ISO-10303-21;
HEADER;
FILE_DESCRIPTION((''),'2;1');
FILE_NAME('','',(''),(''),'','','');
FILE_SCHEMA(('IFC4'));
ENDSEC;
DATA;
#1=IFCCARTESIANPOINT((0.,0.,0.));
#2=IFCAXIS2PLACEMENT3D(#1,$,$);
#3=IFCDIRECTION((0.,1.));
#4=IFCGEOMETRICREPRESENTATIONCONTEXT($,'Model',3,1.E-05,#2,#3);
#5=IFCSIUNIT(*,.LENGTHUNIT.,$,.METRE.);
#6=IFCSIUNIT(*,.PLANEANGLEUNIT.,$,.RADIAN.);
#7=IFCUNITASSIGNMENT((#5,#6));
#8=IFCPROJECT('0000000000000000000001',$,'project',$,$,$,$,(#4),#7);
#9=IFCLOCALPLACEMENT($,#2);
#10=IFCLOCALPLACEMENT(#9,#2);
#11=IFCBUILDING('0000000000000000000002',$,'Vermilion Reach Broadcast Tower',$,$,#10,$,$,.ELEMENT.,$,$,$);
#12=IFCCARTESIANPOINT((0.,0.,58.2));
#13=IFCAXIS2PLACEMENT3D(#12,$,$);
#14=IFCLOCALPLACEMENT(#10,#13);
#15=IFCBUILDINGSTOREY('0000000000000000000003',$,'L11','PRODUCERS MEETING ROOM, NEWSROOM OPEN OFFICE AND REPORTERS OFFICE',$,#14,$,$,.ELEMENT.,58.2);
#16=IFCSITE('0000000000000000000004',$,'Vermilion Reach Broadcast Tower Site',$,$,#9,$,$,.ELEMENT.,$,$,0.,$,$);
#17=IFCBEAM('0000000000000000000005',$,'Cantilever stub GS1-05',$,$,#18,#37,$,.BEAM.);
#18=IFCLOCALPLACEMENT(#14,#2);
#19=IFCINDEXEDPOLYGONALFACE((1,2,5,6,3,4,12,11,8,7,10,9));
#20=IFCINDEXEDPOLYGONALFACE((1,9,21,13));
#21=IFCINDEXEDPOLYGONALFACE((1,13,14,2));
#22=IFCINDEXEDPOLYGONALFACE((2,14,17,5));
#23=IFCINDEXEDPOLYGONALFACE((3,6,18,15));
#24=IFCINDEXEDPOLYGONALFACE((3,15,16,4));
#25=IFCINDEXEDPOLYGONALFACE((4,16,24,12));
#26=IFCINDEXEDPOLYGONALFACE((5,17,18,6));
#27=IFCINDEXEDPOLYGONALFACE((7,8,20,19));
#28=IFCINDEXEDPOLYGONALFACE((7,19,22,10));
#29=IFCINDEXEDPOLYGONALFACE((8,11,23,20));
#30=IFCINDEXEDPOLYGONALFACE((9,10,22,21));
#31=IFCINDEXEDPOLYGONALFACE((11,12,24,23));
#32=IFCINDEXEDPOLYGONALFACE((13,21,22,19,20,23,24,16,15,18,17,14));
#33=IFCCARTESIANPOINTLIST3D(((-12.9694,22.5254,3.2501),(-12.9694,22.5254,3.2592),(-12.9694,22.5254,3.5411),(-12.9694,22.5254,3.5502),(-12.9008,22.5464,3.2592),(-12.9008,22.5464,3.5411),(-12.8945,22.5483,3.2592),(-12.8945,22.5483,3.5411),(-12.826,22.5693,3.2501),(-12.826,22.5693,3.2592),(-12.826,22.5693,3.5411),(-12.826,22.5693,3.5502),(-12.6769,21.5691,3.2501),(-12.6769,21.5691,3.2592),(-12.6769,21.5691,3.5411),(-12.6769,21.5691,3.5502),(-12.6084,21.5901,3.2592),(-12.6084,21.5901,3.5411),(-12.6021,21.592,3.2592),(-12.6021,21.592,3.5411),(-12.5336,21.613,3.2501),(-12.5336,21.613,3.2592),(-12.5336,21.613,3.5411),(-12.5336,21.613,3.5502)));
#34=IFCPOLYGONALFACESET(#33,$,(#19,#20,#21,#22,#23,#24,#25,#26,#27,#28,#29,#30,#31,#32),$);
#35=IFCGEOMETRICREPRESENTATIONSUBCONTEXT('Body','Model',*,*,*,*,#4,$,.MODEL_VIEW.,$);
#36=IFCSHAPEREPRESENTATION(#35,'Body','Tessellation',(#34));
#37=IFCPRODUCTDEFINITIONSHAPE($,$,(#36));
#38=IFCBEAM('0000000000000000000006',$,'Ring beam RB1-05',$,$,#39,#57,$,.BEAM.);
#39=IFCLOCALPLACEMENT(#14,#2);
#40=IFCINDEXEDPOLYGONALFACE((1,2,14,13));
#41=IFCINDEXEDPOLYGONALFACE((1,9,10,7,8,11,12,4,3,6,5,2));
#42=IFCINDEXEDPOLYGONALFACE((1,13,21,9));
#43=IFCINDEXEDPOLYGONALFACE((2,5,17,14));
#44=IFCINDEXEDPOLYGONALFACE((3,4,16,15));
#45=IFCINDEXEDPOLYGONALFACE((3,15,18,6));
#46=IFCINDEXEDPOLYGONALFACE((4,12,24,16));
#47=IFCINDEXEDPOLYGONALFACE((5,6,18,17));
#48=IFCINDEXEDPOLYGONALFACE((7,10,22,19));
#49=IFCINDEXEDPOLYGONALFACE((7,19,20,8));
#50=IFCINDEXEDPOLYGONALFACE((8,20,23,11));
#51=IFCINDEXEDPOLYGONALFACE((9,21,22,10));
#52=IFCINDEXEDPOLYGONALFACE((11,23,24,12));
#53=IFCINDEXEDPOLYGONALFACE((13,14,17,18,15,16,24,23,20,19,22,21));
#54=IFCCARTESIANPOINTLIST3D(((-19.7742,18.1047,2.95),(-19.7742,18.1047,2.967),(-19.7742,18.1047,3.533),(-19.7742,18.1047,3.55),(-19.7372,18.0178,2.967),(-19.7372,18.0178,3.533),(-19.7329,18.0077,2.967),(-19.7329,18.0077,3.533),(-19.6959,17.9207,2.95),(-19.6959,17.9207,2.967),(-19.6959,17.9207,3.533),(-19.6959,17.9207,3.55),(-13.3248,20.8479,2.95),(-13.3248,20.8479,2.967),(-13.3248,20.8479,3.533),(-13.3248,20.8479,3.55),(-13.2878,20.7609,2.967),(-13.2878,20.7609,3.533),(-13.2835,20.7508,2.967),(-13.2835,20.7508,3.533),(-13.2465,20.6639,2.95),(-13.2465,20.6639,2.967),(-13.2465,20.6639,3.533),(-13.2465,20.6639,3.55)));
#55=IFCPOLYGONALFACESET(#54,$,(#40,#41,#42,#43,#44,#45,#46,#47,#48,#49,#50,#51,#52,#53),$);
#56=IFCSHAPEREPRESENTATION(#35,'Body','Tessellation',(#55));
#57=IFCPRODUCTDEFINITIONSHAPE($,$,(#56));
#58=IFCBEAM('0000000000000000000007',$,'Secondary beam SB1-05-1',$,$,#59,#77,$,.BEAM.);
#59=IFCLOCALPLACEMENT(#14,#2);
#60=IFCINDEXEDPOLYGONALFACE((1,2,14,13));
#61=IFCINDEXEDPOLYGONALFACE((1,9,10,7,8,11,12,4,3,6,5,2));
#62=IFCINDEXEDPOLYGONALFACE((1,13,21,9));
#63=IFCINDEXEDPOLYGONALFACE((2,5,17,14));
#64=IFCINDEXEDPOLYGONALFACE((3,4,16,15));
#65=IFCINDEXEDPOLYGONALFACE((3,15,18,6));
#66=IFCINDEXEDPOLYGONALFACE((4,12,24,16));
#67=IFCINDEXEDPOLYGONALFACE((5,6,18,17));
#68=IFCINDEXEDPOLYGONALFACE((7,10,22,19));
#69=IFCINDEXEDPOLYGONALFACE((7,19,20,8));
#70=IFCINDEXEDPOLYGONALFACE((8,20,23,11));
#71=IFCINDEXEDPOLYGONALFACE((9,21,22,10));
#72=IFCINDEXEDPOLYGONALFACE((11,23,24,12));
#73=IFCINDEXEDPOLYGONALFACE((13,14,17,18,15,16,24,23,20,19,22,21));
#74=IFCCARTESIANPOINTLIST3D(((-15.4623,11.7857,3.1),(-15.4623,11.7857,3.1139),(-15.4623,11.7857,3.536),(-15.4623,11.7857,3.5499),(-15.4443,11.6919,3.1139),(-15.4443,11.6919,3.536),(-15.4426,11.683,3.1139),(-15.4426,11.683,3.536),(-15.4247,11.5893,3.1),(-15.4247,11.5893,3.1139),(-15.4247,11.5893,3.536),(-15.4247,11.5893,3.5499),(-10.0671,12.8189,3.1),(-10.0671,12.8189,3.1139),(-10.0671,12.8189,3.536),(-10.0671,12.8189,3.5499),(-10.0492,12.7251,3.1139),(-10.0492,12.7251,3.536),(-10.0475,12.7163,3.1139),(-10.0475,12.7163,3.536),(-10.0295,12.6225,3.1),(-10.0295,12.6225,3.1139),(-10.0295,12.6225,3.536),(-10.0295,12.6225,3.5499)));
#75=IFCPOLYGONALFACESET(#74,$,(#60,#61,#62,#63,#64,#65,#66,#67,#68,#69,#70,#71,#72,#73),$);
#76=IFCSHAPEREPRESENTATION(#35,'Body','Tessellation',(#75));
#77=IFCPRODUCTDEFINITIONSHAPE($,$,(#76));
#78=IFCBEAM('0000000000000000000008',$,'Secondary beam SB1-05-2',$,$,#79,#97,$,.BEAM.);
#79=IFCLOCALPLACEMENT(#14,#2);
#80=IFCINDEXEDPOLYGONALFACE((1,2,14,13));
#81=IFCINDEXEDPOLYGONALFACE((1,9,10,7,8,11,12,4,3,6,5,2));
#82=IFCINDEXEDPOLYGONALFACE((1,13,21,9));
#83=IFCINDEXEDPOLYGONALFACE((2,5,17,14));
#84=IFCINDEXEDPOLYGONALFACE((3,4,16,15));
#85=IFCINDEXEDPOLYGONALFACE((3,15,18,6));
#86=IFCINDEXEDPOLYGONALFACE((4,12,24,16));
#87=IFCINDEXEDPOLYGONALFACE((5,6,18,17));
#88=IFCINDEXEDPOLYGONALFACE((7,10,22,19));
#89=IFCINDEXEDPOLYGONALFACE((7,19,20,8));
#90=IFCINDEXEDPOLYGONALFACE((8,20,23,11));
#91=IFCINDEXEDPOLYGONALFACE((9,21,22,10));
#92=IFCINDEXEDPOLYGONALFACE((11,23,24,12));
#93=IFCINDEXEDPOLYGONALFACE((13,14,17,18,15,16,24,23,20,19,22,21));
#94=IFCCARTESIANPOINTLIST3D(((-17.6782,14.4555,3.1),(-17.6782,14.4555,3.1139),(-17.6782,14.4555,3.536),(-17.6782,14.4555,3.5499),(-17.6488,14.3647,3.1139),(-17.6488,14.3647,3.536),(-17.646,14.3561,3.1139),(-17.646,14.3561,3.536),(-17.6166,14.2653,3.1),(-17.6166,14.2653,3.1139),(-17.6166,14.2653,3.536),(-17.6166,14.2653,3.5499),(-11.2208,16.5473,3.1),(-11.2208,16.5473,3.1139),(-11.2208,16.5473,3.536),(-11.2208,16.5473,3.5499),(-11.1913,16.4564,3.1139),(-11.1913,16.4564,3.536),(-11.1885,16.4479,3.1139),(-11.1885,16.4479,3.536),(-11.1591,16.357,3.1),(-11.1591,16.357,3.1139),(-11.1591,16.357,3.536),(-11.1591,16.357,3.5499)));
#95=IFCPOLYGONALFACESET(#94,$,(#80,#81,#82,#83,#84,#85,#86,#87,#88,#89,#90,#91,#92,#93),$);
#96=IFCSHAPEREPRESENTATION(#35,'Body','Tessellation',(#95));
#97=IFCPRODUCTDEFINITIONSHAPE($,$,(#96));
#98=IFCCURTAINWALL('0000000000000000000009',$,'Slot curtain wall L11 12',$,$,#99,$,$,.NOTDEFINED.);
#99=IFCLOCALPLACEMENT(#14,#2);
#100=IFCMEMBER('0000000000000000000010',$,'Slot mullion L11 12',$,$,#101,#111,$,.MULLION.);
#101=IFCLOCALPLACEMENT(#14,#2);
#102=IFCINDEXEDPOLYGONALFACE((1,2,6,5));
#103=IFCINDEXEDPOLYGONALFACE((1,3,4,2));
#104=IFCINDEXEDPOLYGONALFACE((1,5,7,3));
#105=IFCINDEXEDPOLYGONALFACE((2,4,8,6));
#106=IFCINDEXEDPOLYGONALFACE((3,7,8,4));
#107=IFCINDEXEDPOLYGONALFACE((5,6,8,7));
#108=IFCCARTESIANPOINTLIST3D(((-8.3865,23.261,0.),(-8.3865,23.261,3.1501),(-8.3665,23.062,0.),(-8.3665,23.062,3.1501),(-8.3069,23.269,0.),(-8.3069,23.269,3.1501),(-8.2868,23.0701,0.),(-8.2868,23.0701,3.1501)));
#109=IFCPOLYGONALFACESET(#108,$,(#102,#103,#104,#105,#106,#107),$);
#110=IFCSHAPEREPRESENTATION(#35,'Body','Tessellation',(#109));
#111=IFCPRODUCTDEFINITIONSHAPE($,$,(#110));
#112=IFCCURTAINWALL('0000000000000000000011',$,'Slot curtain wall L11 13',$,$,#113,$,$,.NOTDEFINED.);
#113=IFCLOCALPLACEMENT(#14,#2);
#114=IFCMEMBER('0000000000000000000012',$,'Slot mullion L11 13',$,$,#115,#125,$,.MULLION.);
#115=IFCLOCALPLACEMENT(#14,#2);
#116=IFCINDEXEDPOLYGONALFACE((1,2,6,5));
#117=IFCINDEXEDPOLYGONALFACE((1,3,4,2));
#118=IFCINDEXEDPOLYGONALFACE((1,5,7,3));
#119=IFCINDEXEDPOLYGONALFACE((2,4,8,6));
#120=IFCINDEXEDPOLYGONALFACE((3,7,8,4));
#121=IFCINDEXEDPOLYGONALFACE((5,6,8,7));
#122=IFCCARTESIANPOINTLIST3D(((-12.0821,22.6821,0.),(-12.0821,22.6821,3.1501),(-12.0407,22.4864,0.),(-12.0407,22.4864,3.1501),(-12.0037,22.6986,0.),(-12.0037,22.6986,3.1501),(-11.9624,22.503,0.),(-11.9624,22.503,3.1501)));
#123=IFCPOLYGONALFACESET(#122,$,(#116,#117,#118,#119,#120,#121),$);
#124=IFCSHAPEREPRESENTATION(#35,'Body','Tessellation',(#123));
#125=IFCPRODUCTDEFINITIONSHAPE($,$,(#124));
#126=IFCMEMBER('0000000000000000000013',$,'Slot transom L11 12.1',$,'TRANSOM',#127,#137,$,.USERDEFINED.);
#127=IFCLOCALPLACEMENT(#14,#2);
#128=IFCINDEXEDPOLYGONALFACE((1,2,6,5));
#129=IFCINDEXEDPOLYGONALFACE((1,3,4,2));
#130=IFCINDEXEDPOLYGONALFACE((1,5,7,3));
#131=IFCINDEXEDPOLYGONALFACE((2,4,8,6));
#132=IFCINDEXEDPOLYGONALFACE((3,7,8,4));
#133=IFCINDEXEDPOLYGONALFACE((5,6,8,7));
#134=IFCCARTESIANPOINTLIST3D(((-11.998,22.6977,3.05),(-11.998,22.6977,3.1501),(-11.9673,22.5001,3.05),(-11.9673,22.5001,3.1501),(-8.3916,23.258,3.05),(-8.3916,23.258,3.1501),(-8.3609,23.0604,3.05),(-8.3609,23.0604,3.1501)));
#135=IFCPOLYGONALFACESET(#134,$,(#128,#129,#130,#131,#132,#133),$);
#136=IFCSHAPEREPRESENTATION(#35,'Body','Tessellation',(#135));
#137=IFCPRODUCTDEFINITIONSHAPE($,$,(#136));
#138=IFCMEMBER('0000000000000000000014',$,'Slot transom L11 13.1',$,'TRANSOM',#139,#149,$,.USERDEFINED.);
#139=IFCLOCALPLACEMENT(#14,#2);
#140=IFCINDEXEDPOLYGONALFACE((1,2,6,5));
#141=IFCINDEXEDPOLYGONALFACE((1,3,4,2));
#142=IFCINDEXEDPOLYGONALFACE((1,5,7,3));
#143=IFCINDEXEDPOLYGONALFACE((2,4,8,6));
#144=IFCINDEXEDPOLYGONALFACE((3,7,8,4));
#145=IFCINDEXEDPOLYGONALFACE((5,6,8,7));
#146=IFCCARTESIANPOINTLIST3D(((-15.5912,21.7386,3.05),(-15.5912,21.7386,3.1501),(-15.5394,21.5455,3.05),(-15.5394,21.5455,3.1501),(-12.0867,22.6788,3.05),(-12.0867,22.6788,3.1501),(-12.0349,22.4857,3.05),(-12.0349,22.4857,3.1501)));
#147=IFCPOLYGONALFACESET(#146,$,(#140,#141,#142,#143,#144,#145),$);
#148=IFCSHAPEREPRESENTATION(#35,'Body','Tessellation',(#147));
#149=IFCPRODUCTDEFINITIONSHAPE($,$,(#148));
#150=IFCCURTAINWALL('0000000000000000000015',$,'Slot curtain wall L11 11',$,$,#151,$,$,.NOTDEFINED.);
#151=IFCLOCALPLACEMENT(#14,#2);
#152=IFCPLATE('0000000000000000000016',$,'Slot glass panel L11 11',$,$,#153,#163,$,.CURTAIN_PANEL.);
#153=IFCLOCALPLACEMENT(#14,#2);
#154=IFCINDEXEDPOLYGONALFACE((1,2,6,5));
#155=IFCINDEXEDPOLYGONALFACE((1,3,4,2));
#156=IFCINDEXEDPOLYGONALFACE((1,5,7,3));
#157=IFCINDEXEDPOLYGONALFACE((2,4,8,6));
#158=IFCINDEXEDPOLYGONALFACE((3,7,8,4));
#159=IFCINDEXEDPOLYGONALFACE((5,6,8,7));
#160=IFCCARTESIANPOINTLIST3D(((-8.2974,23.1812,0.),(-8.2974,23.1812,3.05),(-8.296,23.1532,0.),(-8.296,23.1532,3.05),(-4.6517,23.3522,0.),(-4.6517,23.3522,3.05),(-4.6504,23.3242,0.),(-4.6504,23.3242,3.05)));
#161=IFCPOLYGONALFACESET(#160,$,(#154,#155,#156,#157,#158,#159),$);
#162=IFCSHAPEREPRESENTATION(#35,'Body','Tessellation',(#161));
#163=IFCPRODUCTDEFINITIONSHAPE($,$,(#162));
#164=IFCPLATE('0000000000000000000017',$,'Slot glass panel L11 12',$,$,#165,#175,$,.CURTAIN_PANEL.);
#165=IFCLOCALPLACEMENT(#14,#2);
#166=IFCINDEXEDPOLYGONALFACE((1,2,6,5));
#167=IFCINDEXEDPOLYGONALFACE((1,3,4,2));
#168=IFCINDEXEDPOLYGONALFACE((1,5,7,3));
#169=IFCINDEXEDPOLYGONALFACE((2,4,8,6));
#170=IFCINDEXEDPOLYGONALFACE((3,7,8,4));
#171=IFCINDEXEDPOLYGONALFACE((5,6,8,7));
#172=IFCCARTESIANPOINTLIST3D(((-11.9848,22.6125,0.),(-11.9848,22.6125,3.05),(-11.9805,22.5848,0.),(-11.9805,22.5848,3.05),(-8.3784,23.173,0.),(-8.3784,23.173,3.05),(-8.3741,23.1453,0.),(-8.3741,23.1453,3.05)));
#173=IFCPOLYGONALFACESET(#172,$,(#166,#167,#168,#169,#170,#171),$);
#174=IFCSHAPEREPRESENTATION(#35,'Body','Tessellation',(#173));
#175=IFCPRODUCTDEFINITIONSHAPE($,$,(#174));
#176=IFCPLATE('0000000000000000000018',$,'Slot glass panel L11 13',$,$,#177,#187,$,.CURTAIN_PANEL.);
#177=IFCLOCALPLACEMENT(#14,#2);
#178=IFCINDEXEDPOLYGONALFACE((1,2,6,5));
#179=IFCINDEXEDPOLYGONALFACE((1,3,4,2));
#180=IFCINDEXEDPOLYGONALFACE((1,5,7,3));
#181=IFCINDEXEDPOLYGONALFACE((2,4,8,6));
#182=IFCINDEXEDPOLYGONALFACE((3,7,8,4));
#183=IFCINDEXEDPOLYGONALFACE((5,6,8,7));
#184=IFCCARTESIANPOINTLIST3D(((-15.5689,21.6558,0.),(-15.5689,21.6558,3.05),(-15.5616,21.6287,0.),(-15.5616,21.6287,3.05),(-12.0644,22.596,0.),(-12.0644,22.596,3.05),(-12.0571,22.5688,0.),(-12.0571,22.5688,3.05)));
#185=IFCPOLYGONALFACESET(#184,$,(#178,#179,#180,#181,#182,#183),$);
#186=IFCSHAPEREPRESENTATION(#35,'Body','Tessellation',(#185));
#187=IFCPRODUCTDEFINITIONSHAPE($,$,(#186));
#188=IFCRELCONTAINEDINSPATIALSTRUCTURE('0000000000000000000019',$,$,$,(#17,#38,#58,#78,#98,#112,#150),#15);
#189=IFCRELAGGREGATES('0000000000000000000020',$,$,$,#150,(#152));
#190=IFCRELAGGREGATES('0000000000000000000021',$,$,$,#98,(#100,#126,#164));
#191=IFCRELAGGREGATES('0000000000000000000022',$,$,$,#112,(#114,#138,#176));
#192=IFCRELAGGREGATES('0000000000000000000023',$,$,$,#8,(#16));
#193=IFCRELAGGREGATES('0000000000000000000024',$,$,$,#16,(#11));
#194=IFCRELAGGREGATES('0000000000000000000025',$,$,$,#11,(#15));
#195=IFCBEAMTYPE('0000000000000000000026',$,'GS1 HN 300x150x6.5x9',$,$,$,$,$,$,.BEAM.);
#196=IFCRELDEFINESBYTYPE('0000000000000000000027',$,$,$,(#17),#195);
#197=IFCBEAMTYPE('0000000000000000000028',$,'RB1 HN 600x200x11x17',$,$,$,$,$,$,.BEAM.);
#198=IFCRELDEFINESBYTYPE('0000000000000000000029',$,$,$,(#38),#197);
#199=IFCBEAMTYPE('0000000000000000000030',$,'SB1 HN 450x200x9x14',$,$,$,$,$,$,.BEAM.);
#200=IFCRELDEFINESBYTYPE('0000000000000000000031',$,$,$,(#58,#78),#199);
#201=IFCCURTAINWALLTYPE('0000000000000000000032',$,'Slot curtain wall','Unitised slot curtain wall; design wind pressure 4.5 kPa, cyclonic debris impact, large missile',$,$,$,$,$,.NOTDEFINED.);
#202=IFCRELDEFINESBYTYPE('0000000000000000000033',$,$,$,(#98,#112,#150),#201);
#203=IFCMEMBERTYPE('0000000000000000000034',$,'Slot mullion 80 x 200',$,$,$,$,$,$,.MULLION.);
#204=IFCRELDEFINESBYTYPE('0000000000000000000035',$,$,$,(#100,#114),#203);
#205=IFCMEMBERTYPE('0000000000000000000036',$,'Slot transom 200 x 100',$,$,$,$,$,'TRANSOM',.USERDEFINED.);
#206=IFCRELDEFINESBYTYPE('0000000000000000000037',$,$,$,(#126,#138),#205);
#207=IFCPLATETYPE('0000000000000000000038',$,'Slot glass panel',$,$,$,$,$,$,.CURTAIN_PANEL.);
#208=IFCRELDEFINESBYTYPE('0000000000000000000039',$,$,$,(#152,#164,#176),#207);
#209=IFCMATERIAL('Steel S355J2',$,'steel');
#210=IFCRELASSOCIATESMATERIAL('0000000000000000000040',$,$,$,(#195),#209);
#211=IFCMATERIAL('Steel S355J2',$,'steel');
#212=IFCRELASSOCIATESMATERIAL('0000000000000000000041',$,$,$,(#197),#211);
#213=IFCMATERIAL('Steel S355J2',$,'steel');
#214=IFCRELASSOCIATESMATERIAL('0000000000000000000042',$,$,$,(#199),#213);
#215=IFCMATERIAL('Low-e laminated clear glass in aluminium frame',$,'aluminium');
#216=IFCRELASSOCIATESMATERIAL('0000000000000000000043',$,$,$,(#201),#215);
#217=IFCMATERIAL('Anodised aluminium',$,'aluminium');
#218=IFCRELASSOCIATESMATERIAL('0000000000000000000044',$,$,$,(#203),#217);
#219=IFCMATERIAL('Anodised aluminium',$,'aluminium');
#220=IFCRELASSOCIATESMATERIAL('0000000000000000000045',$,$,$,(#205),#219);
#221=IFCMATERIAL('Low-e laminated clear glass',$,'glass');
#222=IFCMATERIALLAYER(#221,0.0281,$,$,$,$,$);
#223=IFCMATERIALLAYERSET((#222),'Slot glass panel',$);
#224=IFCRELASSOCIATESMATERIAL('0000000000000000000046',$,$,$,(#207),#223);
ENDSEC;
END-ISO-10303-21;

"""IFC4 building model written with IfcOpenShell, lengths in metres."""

from ifc_helpers import new_model, si_unit, direction, frame, origin, origin_2d, place, context, subcontext, project, spatial, rectangle, i_section, extrude, material, layer, layer_set, material_profile, profile_set, type_object, element, aggregate, save


model = new_model("IFC4")

# Units and contexts
model_context = context("Model", 3, precision=1e-05, world=origin(), true_north=direction((0.0, 1.0)))
body_context = subcontext(model_context, "Body", "Model", "MODEL_VIEW")
ifc_project = project(units=[si_unit("LENGTHUNIT", "METRE"), si_unit("PLANEANGLEUNIT", "RADIAN")], contexts=[model_context])

# Site, building, storey
site_placement = place(None, origin())
site = spatial("IfcSite", under=ifc_project, at=site_placement, Name="Vermilion Reach Broadcast Tower Site", CompositionType="ELEMENT", RefElevation=0.0)
building_placement = place(site_placement, origin())
building = spatial("IfcBuilding", under=site, at=building_placement, Name="Vermilion Reach Broadcast Tower", CompositionType="ELEMENT")
storey_placement = place(building_placement, frame((0.0, 0.0, 58.2)))
storey = spatial("IfcBuildingStorey", under=building, at=storey_placement, Name="L11", Description="PRODUCERS MEETING ROOM, NEWSROOM OPEN OFFICE AND REPORTERS OFFICE", CompositionType="ELEMENT", Elevation=58.2)

# Beams
ifc_material_1 = material(Name="Steel S355J2", Category="steel")
ifc_material_profile_1 = material_profile(ifc_material_1, i_section(OverallWidth=0.1499, OverallDepth=0.3, WebThickness=0.0066, FlangeThickness=0.009, at=origin_2d()), Name="S355J2 HN 300x150x6.5x9")
ifc_profile_set_1 = profile_set([ifc_material_profile_1], Name="Steel S355J2")
beam_type_1 = type_object("IfcBeamType", Name="GS1 HN 300x150x6.5x9", PredefinedType="BEAM", material=ifc_profile_set_1)
beam_1_placement = place(storey_placement, frame((-12.6052, 21.5911, 3.4001), z_axis=(-0.292473, 0.956274, 0.0), x_axis=(-0.956274, -0.292473, 0.0)))
element("IfcBeam", 1, at=beam_1_placement, inside=storey, type_object=beam_type_1, Name="Cantilever stub GS1-05", PredefinedType="BEAM", context=body_context, shape_type="SweptSolid", body=[
    extrude(i_section(OverallWidth=0.1499, OverallDepth=0.3, WebThickness=0.0066, FlangeThickness=0.009, at=origin_2d()), origin(), (0.0, 0.0, 1.0), 1.0),
])
ifc_material_2 = material(Name="Steel S355J2", Category="steel")
ifc_material_profile_2 = material_profile(ifc_material_2, i_section(OverallWidth=0.2, OverallDepth=0.6001, WebThickness=0.011, FlangeThickness=0.0171, at=origin_2d()), Name="S355J2 HN 600x200x11x17")
ifc_profile_set_2 = profile_set([ifc_material_profile_2], Name="Steel S355J2")
beam_type_2 = type_object("IfcBeamType", Name="RB1 HN 600x200x11x17", PredefinedType="BEAM", material=ifc_profile_set_2)
beam_2_placement = place(storey_placement, frame((-13.2856, 20.7559, 3.25), z_axis=(-0.920221, -0.3914, 0.0), x_axis=(0.3914, -0.920221, 0.0)))
element("IfcBeam", 2, at=beam_2_placement, inside=storey, type_object=beam_type_2, Name="Ring beam RB1-05", PredefinedType="BEAM", context=body_context, shape_type="SweptSolid", body=[
    extrude(i_section(OverallWidth=0.2, OverallDepth=0.6001, WebThickness=0.011, FlangeThickness=0.0171, at=origin_2d()), origin(), (0.0, 0.0, 1.0), 7.0085),
])
ifc_material_3 = material(Name="Steel S355J2", Category="steel")
ifc_material_profile_3 = material_profile(ifc_material_3, i_section(OverallWidth=0.2, OverallDepth=0.45, WebThickness=0.009, FlangeThickness=0.0139, at=origin_2d()), Name="S355J2 HN 450x200x9x14")
ifc_profile_set_3 = profile_set([ifc_material_profile_3], Name="Steel S355J2")
beam_type_3 = type_object("IfcBeamType", Name="SB1 HN 450x200x9x14", PredefinedType="BEAM", material=ifc_profile_set_3)
beam_3_placement = place(storey_placement, frame((-10.0483, 12.7207, 3.325), z_axis=(-0.982151, -0.188092, 0.0), x_axis=(0.188092, -0.982151, 0.0)))
element("IfcBeam", 3, at=beam_3_placement, inside=storey, type_object=beam_type_3, Name="Secondary beam SB1-05-1", PredefinedType="BEAM", context=body_context, shape_type="SweptSolid", body=[
    extrude(i_section(OverallWidth=0.2, OverallDepth=0.45, WebThickness=0.009, FlangeThickness=0.0139, at=origin_2d()), origin(), (0.0, 0.0, 1.0), 5.4932),
])
beam_4_placement = place(storey_placement, frame((-11.1899, 16.4521, 3.325), z_axis=(-0.951332, -0.308167, 0.0), x_axis=(0.308167, -0.951332, 0.0)))
element("IfcBeam", 4, at=beam_4_placement, inside=storey, type_object=beam_type_3, Name="Secondary beam SB1-05-2", PredefinedType="BEAM", context=body_context, shape_type="SweptSolid", body=[
    extrude(i_section(OverallWidth=0.2, OverallDepth=0.45, WebThickness=0.009, FlangeThickness=0.0139, at=origin_2d()), origin(), (0.0, 0.0, 1.0), 6.7878),
])

# Curtain walls, members
ifc_material_4 = material(Name="Low-e laminated clear glass in aluminium frame", Category="aluminium")
curtain_wall_type = type_object("IfcCurtainWallType", Name="Slot curtain wall", Description="Unitised slot curtain wall; design wind pressure 4.5 kPa, cyclonic debris impact, large missile", PredefinedType="NOTDEFINED", material=ifc_material_4)
placement = place(storey_placement, origin())
curtain_wall_1 = element("IfcCurtainWall", 5, at=placement, inside=storey, type_object=curtain_wall_type, Name="Slot curtain wall L11 12", PredefinedType="NOTDEFINED")
ifc_material_5 = material(Name="Anodised aluminium", Category="aluminium")
ifc_material_profile_4 = material_profile(ifc_material_5, rectangle(XDim=0.2, YDim=0.0801, at=origin_2d()), Name="Slot mullion 80 x 200")
ifc_profile_set_4 = profile_set([ifc_material_profile_4], Name="Anodised aluminium")
member_type_1 = type_object("IfcMemberType", Name="Slot mullion 80 x 200", PredefinedType="MULLION", material=ifc_profile_set_4)
member_1_placement = place(storey_placement, frame((-8.3367, 23.1655, 0.0), z_axis=(0.0, 0.0, 1.0), x_axis=(0.100362, -0.994951, 0.0)))
member_1 = element("IfcMember", 6, at=member_1_placement, type_object=member_type_1, Name="Slot mullion L11 12", PredefinedType="MULLION", context=body_context, shape_type="SweptSolid", body=[
    extrude(rectangle(XDim=0.2, YDim=0.0801, at=origin_2d()), origin(), (0.0, 0.0, 1.0), 3.1501),
])
curtain_wall_2 = element("IfcCurtainWall", 7, at=placement, inside=storey, type_object=curtain_wall_type, Name="Slot curtain wall L11 13", PredefinedType="NOTDEFINED")
member_2_placement = place(storey_placement, frame((-12.0222, 22.5925, 0.0), z_axis=(0.0, 0.0, 1.0), x_axis=(0.206647, -0.978416, 0.0)))
member_2 = element("IfcMember", 8, at=member_2_placement, type_object=member_type_1, Name="Slot mullion L11 13", PredefinedType="MULLION", context=body_context, shape_type="SweptSolid", body=[
    extrude(rectangle(XDim=0.2, YDim=0.0801, at=origin_2d()), origin(), (0.0, 0.0, 1.0), 3.1501),
])

# Members
ifc_material_6 = material(Name="Anodised aluminium", Category="aluminium")
ifc_material_profile_5 = material_profile(ifc_material_6, rectangle(XDim=0.2, YDim=0.1001, at=origin_2d()), Name="Slot transom 200 x 100")
ifc_profile_set_5 = profile_set([ifc_material_profile_5], Name="Anodised aluminium")
member_type_2 = type_object("IfcMemberType", Name="Slot transom 200 x 100", ElementType="TRANSOM", PredefinedType="USERDEFINED", material=ifc_profile_set_5)
member_3_placement = place(storey_placement, frame((-8.3762, 23.1592, 3.1001), z_axis=(-0.988146, -0.15352, 0.0), x_axis=(0.15352, -0.988146, 0.0)))
member_3 = element("IfcMember", 9, at=member_3_placement, type_object=member_type_2, Name="Slot transom L11 12.1", ObjectType="TRANSOM", PredefinedType="USERDEFINED", context=body_context, shape_type="SweptSolid", body=[
    extrude(rectangle(XDim=0.2, YDim=0.1001, at=origin_2d()), origin(), (0.0, 0.0, 1.0), 3.6497),
])
member_4_placement = place(storey_placement, frame((-12.0608, 22.5823, 3.1001), z_axis=(-0.965844, -0.259124, 0.0), x_axis=(0.259124, -0.965844, 0.0)))
member_4 = element("IfcMember", 10, at=member_4_placement, type_object=member_type_2, Name="Slot transom L11 13.1", ObjectType="TRANSOM", PredefinedType="USERDEFINED", context=body_context, shape_type="SweptSolid", body=[
    extrude(rectangle(XDim=0.2, YDim=0.1001, at=origin_2d()), origin(), (0.0, 0.0, 1.0), 3.6284),
])

# Curtain wall, plate
curtain_wall_3 = element("IfcCurtainWall", 11, at=placement, inside=storey, type_object=curtain_wall_type, Name="Slot curtain wall L11 11", PredefinedType="NOTDEFINED")
ifc_material_7 = material(Name="Low-e laminated clear glass", Category="glass")
ifc_layer_1 = layer(ifc_material_7, 0.0281)
ifc_layer_set_1 = layer_set([ifc_layer_1], Name="Slot glass panel")
plate_type = type_object("IfcPlateType", Name="Slot glass panel", PredefinedType="CURTAIN_PANEL", material=ifc_layer_set_1)
plate_1_placement = place(storey_placement, frame((-6.4739, 23.2527, 0.0), z_axis=(0.0, 0.0, 1.0), x_axis=(-0.998902, -0.046857, 0.0)))
plate_1 = element("IfcPlate", 12, at=plate_1_placement, type_object=plate_type, Name="Slot glass panel L11 11", PredefinedType="CURTAIN_PANEL", context=body_context, shape_type="SweptSolid", body=[
    extrude(rectangle(XDim=3.6497, YDim=0.0281, at=origin_2d()), origin(), (0.0, 0.0, 1.0), 3.05),
])
aggregate(curtain_wall_3, [plate_1])

# Plates
plate_2_placement = place(storey_placement, frame((-10.1794, 22.8789, 0.0), z_axis=(0.0, 0.0, 1.0), x_axis=(-0.988137, -0.153578, 0.0)))
plate_2 = element("IfcPlate", 13, at=plate_2_placement, type_object=plate_type, Name="Slot glass panel L11 12", PredefinedType="CURTAIN_PANEL", context=body_context, shape_type="SweptSolid", body=[
    extrude(rectangle(XDim=3.6497, YDim=0.0281, at=origin_2d()), origin(), (0.0, 0.0, 1.0), 3.05),
])
aggregate(curtain_wall_1, [member_1, member_3, plate_2])
plate_3_placement = place(storey_placement, frame((-13.813, 22.1123, 0.0), z_axis=(0.0, 0.0, 1.0), x_axis=(-0.965847, -0.259115, 0.0)))
plate_3 = element("IfcPlate", 14, at=plate_3_placement, type_object=plate_type, Name="Slot glass panel L11 13", PredefinedType="CURTAIN_PANEL", context=body_context, shape_type="SweptSolid", body=[
    extrude(rectangle(XDim=3.6284, YDim=0.0281, at=origin_2d()), origin(), (0.0, 0.0, 1.0), 3.05),
])
aggregate(curtain_wall_2, [member_2, member_4, plate_3])

save(model, "model.ifc")
